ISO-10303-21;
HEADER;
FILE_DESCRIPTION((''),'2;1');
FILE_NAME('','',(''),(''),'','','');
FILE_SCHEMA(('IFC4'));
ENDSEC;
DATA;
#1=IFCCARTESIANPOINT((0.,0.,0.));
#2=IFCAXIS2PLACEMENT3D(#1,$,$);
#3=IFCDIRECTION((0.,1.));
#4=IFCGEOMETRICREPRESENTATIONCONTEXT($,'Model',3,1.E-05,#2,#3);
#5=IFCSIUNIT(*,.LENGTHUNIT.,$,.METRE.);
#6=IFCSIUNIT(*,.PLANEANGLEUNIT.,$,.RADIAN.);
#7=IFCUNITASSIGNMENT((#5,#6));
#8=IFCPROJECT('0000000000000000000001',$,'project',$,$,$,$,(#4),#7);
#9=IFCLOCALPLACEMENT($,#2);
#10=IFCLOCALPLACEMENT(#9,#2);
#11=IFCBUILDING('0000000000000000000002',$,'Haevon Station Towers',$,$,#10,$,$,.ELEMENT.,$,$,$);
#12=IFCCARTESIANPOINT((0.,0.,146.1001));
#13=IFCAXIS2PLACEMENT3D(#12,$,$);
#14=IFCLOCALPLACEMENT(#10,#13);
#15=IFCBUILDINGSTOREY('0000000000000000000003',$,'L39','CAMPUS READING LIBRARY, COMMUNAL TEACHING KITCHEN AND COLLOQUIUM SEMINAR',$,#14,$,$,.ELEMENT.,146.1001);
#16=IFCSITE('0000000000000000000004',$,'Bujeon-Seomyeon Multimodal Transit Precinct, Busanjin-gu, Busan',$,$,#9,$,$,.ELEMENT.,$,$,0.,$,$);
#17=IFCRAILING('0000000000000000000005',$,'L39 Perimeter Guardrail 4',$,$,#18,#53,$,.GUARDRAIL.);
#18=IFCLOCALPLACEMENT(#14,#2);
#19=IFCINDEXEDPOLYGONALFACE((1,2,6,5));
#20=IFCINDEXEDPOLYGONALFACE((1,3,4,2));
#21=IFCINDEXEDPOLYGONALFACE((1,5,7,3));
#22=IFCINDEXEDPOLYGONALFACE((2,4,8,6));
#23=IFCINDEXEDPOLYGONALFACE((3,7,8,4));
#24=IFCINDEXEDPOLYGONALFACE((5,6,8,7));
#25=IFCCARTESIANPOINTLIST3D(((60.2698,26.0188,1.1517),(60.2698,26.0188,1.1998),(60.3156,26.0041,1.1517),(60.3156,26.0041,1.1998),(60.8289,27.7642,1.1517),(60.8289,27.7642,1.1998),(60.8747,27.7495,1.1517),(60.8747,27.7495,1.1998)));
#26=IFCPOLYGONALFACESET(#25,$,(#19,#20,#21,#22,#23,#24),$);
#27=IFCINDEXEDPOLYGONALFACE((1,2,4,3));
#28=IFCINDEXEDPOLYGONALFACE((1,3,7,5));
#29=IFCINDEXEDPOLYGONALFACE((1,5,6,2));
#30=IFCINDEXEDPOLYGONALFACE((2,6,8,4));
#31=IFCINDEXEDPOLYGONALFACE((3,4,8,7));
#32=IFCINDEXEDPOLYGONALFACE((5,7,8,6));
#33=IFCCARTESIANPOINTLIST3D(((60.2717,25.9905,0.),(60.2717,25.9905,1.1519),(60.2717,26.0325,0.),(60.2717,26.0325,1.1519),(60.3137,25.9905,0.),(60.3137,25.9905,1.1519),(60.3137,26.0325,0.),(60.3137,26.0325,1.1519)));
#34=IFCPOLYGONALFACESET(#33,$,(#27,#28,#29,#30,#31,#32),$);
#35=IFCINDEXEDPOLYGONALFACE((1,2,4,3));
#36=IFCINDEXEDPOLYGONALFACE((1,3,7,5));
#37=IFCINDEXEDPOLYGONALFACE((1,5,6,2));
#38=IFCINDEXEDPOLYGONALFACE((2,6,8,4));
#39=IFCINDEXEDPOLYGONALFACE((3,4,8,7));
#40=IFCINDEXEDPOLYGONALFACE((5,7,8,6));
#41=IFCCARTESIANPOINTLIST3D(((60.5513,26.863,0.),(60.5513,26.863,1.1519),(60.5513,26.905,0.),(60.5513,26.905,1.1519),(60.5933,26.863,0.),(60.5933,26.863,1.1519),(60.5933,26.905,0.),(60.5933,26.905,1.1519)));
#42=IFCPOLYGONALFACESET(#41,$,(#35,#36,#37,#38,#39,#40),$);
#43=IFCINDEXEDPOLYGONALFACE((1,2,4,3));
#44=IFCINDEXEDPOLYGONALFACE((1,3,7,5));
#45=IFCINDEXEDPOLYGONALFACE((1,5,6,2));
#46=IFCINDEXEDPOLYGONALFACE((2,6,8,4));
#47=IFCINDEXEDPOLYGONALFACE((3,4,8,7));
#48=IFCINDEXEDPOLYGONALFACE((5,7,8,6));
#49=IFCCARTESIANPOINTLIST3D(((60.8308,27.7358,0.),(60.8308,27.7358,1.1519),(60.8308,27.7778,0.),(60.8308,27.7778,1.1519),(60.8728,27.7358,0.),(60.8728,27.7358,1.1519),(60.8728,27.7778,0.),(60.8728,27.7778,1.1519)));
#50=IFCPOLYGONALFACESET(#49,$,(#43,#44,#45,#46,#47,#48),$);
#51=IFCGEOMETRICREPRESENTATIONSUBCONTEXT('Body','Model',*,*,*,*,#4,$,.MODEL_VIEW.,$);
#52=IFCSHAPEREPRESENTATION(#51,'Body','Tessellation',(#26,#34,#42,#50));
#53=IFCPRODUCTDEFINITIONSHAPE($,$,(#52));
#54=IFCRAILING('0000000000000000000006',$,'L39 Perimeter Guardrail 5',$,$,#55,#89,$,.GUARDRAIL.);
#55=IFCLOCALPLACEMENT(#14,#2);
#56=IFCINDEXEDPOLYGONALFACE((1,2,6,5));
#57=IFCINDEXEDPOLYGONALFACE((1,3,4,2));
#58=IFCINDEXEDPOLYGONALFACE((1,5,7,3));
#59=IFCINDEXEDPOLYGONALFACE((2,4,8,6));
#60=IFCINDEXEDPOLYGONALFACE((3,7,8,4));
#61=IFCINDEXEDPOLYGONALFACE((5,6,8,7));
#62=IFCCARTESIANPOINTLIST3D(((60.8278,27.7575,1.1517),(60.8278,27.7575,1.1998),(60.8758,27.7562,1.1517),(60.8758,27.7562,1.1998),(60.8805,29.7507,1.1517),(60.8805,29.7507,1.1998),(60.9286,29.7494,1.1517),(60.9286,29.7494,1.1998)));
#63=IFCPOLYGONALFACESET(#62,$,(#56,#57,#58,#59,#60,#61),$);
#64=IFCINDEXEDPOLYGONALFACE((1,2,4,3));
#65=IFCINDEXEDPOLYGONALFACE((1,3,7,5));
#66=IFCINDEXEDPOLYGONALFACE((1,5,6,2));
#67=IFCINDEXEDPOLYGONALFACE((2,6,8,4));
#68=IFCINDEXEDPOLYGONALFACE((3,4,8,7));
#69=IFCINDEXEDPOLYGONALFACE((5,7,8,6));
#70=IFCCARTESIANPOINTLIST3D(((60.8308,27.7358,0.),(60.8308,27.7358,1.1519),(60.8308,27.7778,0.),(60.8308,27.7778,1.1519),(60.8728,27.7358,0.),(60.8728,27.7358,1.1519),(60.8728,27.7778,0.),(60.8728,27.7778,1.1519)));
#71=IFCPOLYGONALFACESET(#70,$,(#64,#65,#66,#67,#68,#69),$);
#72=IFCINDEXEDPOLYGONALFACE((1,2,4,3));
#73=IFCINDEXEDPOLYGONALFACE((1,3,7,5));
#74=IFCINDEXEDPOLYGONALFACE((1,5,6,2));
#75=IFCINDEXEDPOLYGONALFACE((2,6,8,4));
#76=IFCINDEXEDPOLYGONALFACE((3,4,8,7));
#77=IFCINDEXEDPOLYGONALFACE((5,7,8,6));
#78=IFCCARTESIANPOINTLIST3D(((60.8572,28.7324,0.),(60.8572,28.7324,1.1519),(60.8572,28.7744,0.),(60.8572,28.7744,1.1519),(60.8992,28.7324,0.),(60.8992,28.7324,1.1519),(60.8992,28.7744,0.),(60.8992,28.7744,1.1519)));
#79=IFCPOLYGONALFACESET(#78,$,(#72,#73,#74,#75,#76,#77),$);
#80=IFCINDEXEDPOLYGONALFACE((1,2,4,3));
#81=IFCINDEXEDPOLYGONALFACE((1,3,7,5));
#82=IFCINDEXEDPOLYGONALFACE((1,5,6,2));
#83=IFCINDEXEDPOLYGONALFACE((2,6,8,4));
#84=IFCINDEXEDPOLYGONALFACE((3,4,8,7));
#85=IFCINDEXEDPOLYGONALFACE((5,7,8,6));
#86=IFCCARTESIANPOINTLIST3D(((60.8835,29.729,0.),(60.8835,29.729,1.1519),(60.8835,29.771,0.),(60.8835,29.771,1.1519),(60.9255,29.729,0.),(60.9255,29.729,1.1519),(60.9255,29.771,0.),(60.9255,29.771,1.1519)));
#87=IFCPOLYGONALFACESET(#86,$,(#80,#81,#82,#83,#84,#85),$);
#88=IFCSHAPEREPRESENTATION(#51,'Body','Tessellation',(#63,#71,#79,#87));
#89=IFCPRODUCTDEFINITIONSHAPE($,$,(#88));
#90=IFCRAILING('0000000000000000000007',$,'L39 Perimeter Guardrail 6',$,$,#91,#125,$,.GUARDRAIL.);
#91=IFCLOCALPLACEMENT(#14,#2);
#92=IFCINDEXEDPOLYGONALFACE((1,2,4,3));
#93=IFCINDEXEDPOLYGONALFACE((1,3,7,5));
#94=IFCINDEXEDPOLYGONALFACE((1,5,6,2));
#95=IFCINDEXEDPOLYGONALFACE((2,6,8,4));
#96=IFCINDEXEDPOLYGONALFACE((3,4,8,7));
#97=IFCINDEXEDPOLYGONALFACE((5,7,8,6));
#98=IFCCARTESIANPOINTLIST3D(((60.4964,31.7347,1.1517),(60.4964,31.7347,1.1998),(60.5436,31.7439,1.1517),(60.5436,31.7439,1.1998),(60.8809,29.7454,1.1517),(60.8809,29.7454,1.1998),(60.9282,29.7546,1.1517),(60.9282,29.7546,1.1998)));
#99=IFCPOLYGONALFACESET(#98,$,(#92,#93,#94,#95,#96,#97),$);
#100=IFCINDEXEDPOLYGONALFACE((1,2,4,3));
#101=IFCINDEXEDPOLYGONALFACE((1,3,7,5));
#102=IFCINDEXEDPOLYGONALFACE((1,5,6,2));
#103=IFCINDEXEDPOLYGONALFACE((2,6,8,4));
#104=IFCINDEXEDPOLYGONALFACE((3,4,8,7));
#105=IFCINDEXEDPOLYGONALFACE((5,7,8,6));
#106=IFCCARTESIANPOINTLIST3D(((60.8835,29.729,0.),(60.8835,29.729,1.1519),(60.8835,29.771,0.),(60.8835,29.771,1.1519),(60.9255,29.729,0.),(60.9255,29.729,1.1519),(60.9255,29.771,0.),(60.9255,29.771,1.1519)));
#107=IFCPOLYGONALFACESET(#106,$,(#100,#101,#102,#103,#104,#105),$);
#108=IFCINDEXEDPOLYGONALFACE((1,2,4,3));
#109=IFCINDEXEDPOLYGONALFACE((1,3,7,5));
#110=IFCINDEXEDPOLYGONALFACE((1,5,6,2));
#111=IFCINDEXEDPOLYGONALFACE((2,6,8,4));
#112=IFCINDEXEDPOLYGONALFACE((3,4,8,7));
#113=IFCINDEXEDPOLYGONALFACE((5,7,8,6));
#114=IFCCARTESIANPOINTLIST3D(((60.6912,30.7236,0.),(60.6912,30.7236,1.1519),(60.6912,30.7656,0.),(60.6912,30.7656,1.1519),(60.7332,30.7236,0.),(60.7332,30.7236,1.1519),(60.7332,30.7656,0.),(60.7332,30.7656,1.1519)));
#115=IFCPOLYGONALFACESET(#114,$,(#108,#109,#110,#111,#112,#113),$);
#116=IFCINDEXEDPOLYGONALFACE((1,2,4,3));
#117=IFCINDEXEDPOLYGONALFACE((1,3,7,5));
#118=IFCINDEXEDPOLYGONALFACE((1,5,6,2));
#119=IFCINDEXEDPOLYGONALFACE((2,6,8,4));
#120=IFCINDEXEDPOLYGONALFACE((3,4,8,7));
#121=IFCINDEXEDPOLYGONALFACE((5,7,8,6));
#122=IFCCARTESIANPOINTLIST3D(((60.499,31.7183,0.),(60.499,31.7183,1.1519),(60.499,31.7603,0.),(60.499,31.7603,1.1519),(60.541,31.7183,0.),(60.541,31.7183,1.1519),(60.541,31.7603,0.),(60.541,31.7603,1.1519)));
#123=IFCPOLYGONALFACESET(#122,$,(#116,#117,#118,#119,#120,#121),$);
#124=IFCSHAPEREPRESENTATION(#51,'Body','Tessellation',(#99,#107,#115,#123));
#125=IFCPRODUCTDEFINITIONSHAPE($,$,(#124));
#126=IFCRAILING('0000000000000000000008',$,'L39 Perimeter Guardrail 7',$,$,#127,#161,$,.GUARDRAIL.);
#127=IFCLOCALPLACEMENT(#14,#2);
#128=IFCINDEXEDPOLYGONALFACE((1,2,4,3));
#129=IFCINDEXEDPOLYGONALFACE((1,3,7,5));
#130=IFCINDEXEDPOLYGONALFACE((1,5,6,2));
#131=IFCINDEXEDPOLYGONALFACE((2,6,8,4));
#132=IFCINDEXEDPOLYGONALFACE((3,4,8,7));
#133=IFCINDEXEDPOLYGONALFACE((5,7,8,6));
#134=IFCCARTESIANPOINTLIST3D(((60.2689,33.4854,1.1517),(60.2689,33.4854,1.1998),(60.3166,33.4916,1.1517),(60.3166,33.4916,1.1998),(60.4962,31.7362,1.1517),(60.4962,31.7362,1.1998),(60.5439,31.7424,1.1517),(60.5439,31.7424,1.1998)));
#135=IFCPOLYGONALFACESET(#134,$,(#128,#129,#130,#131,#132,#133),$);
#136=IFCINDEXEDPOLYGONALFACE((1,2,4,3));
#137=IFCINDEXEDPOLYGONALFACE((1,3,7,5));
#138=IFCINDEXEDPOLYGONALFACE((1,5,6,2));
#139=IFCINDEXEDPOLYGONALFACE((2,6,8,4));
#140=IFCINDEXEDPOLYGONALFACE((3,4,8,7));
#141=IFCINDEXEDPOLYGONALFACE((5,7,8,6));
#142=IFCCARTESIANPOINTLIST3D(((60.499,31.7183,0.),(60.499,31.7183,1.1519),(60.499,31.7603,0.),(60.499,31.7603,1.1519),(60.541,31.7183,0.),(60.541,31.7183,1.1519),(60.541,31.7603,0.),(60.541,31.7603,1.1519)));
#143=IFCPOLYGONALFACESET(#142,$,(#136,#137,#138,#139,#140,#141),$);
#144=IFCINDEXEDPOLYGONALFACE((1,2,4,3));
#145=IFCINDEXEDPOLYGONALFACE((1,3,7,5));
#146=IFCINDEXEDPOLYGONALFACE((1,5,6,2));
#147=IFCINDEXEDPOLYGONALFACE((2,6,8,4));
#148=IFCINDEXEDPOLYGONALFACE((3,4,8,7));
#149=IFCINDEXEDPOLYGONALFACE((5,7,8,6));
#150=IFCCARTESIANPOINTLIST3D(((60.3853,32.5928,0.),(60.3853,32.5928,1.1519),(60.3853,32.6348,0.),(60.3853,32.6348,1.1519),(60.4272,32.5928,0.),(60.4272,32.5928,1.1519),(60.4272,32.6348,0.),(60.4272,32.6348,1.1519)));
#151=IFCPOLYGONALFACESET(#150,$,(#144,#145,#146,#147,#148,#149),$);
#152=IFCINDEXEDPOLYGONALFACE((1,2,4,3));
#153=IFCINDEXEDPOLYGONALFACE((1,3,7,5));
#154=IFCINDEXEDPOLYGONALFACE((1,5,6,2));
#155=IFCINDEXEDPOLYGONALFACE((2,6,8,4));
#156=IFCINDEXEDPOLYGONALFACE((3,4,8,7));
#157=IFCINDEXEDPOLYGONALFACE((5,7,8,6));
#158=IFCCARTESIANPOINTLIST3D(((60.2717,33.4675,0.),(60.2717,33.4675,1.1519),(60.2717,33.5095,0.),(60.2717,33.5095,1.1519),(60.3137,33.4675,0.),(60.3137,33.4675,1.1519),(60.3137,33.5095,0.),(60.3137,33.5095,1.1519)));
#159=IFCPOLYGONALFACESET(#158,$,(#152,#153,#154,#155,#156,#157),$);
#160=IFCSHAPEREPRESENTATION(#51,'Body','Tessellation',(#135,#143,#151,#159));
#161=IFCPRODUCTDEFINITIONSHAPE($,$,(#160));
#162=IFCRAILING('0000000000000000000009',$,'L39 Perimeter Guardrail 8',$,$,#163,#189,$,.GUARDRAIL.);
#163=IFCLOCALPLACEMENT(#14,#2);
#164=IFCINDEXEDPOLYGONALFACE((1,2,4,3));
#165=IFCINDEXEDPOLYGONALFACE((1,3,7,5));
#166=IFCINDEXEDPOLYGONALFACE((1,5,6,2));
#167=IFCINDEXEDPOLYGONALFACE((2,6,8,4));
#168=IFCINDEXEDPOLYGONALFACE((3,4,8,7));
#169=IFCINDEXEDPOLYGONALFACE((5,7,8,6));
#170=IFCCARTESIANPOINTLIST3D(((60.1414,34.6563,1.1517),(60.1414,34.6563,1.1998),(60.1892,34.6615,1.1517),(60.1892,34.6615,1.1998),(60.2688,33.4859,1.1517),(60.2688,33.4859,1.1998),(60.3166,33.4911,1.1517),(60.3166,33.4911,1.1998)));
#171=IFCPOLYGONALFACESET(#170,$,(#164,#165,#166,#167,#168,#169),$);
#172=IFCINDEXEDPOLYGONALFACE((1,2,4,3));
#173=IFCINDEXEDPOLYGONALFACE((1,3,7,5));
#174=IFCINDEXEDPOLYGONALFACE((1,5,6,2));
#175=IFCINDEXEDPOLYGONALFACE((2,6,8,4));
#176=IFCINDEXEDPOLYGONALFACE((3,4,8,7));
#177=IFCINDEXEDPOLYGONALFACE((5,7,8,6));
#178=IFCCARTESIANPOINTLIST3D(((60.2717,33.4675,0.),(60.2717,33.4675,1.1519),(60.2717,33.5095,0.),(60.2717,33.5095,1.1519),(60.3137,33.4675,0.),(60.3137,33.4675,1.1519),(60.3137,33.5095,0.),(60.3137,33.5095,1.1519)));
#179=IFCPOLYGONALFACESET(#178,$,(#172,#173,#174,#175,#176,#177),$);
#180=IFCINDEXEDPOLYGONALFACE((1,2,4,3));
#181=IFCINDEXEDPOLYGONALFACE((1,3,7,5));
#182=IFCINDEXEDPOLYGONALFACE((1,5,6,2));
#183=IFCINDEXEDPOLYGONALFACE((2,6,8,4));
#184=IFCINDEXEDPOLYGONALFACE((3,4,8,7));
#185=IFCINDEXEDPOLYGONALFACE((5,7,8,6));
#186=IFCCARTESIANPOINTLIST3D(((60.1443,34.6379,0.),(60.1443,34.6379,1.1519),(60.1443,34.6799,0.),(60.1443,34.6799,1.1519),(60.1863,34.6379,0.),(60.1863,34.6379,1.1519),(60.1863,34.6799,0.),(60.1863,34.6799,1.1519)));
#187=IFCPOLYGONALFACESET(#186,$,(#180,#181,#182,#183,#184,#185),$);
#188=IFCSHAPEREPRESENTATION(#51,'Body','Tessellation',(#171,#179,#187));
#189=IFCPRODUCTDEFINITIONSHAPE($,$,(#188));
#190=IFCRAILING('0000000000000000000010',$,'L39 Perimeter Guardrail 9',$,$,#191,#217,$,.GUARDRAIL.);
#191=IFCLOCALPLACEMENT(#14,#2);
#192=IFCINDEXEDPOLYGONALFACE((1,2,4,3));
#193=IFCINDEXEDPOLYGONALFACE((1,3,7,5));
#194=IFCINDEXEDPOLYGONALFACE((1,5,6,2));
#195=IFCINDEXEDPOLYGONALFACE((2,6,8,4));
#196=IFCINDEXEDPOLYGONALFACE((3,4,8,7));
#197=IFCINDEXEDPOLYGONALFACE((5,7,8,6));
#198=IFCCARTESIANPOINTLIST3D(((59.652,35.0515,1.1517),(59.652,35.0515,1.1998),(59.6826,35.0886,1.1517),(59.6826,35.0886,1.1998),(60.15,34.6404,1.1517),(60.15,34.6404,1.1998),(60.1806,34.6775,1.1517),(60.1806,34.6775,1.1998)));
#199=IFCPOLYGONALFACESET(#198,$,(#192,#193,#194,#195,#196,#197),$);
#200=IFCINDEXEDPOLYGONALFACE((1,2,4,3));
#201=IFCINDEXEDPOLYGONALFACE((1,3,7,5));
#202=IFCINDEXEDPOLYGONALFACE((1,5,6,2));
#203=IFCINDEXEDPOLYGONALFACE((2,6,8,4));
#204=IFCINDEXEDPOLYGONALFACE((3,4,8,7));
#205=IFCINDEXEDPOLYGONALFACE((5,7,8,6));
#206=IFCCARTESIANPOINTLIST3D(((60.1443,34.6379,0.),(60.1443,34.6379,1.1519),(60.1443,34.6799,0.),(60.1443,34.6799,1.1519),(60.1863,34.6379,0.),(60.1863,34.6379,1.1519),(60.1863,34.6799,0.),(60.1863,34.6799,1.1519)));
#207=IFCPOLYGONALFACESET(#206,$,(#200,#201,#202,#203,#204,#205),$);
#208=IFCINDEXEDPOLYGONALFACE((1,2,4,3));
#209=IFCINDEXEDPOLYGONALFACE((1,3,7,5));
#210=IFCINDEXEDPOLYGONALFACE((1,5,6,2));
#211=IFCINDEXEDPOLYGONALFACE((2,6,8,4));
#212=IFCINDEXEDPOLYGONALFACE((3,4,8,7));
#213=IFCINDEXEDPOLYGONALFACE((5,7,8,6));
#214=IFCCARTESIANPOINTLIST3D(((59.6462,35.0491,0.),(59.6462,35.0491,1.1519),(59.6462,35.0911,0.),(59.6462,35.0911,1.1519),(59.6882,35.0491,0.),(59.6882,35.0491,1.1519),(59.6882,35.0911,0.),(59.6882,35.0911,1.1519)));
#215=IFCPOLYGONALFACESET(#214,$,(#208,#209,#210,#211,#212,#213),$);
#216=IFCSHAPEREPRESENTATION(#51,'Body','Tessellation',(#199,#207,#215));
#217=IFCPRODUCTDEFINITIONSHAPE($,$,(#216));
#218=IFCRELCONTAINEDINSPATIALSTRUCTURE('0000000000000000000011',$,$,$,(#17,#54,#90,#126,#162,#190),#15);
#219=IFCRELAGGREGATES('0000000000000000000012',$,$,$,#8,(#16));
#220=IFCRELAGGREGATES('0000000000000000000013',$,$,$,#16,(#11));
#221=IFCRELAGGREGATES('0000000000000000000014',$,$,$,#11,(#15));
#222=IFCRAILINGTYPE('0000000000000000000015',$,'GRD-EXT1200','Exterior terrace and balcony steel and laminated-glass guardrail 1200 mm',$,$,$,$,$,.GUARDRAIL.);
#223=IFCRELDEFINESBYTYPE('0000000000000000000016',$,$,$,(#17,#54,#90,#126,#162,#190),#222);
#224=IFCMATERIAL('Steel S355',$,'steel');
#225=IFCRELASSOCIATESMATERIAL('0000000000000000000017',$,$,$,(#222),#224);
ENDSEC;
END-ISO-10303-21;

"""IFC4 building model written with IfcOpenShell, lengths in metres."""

from ifc_helpers import new_model, si_unit, direction, frame, origin, origin_2d, place, context, subcontext, project, spatial, rectangle, extrude, material, type_object, element, save


model = new_model("IFC4")

# Units and contexts
model_context = context("Model", 3, precision=1e-05, world=origin(), true_north=direction((0.0, 1.0)))
body_context = subcontext(model_context, "Body", "Model", "MODEL_VIEW")
ifc_project = project(units=[si_unit("LENGTHUNIT", "METRE"), si_unit("PLANEANGLEUNIT", "RADIAN")], contexts=[model_context])

# Site, building, storey
site_placement = place(None, origin())
site = spatial("IfcSite", under=ifc_project, at=site_placement, Name="Bujeon-Seomyeon Multimodal Transit Precinct, Busanjin-gu, Busan", CompositionType="ELEMENT", RefElevation=0.0)
building_placement = place(site_placement, origin())
building = spatial("IfcBuilding", under=site, at=building_placement, Name="Haevon Station Towers", CompositionType="ELEMENT")
storey_placement = place(building_placement, frame((0.0, 0.0, 146.1001)))
storey = spatial("IfcBuildingStorey", under=building, at=storey_placement, Name="L39", Description="CAMPUS READING LIBRARY, COMMUNAL TEACHING KITCHEN AND COLLOQUIUM SEMINAR", CompositionType="ELEMENT", Elevation=146.1001)

# Shared definitions
ifc_material_1 = material(Name="Steel S355", Category="steel")

# Railings
railing_type = type_object("IfcRailingType", Name="GRD-EXT1200", Description="Exterior terrace and balcony steel and laminated-glass guardrail 1200 mm", PredefinedType="GUARDRAIL", material=ifc_material_1)
railing_1_placement = place(storey_placement, frame((60.2927, 26.0115, 0.0)))
element("IfcRailing", 1, at=railing_1_placement, inside=storey, type_object=railing_type, Name="L39 Perimeter Guardrail 4", PredefinedType="GUARDRAIL", context=body_context, shape_type="SweptSolid", body=[
    extrude(rectangle(XDim=0.0481, YDim=0.0481, at=origin_2d()), frame((0.0, 0.0, 1.1758), z_axis=(0.305056, 0.952334, 0.0), x_axis=(-0.952334, 0.305056, 0.0)), (0.0, 0.0, 1.0), 1.8328),
    extrude(rectangle(XDim=0.042, YDim=0.042, at=origin_2d()), origin(), (0.0, 0.0, 1.0), 1.1519),
    extrude(rectangle(XDim=0.042, YDim=0.042, at=origin_2d()), frame((0.2795, 0.8726, 0.0)), (0.0, 0.0, 1.0), 1.1519),
    extrude(rectangle(XDim=0.042, YDim=0.042, at=origin_2d()), frame((0.5591, 1.7454, 0.0)), (0.0, 0.0, 1.0), 1.1519),
])
railing_2_placement = place(storey_placement, frame((60.8518, 27.7568, 0.0)))
element("IfcRailing", 2, at=railing_2_placement, inside=storey, type_object=railing_type, Name="L39 Perimeter Guardrail 5", PredefinedType="GUARDRAIL", context=body_context, shape_type="SweptSolid", body=[
    extrude(rectangle(XDim=0.0481, YDim=0.0481, at=origin_2d()), frame((0.0, 0.0, 1.1758), z_axis=(0.026448, 0.99965, 0.0), x_axis=(-0.99965, 0.026448, 0.0)), (0.0, 0.0, 1.0), 1.9939),
    extrude(rectangle(XDim=0.042, YDim=0.042, at=origin_2d()), origin(), (0.0, 0.0, 1.0), 1.1519),
    extrude(rectangle(XDim=0.042, YDim=0.042, at=origin_2d()), frame((0.0264, 0.9966, 0.0)), (0.0, 0.0, 1.0), 1.1519),
    extrude(rectangle(XDim=0.042, YDim=0.042, at=origin_2d()), frame((0.0527, 1.9932, 0.0)), (0.0, 0.0, 1.0), 1.1519),
])
railing_3_placement = place(storey_placement, frame((60.9045, 29.75, 0.0)))
element("IfcRailing", 3, at=railing_3_placement, inside=storey, type_object=railing_type, Name="L39 Perimeter Guardrail 6", PredefinedType="GUARDRAIL", context=body_context, shape_type="SweptSolid", body=[
    extrude(rectangle(XDim=0.0481, YDim=0.0481, at=origin_2d()), frame((0.0, 0.0, 1.1758), z_axis=(-0.189786, 0.981826, 0.0), x_axis=(-0.981826, -0.189786, 0.0)), (0.0, 0.0, 1.0), 2.0261),
    extrude(rectangle(XDim=0.042, YDim=0.042, at=origin_2d()), origin(), (0.0, 0.0, 1.0), 1.1519),
    extrude(rectangle(XDim=0.042, YDim=0.042, at=origin_2d()), frame((-0.1924, 0.9946, 0.0)), (0.0, 0.0, 1.0), 1.1519),
    extrude(rectangle(XDim=0.042, YDim=0.042, at=origin_2d()), frame((-0.3845, 1.9893, 0.0)), (0.0, 0.0, 1.0), 1.1519),
])
railing_4_placement = place(storey_placement, frame((60.52, 31.7393, 0.0)))
element("IfcRailing", 4, at=railing_4_placement, inside=storey, type_object=railing_type, Name="L39 Perimeter Guardrail 7", PredefinedType="GUARDRAIL", context=body_context, shape_type="SweptSolid", body=[
    extrude(rectangle(XDim=0.0481, YDim=0.0481, at=origin_2d()), frame((0.0, 0.0, 1.1758), z_axis=(-0.128854, 0.991664, 0.0), x_axis=(-0.991664, -0.128854, 0.0)), (0.0, 0.0, 1.0), 1.7639),
    extrude(rectangle(XDim=0.042, YDim=0.042, at=origin_2d()), origin(), (0.0, 0.0, 1.0), 1.1519),
    extrude(rectangle(XDim=0.042, YDim=0.042, at=origin_2d()), frame((-0.1138, 0.8745, 0.0)), (0.0, 0.0, 1.0), 1.1519),
    extrude(rectangle(XDim=0.042, YDim=0.042, at=origin_2d()), frame((-0.2273, 1.7493, 0.0)), (0.0, 0.0, 1.0), 1.1519),
])
railing_5_placement = place(storey_placement, frame((60.2927, 33.4885, 0.0)))
element("IfcRailing", 5, at=railing_5_placement, inside=storey, type_object=railing_type, Name="L39 Perimeter Guardrail 8", PredefinedType="GUARDRAIL", context=body_context, shape_type="SweptSolid", body=[
    extrude(rectangle(XDim=0.0481, YDim=0.0481, at=origin_2d()), frame((0.0, 0.0, 1.1758), z_axis=(-0.108246, 0.994124, 0.0), x_axis=(-0.994124, -0.108246, 0.0)), (0.0, 0.0, 1.0), 1.1772),
    extrude(rectangle(XDim=0.042, YDim=0.042, at=origin_2d()), origin(), (0.0, 0.0, 1.0), 1.1519),
    extrude(rectangle(XDim=0.042, YDim=0.042, at=origin_2d()), frame((-0.1274, 1.1704, 0.0)), (0.0, 0.0, 1.0), 1.1519),
])
railing_6_placement = place(storey_placement, frame((60.1653, 34.6589, 0.0)))
element("IfcRailing", 6, at=railing_6_placement, inside=storey, type_object=railing_type, Name="L39 Perimeter Guardrail 9", PredefinedType="GUARDRAIL", context=body_context, shape_type="SweptSolid", body=[
    extrude(rectangle(XDim=0.0481, YDim=0.0481, at=origin_2d()), frame((0.0, 0.0, 1.1758), z_axis=(-0.771188, 0.636608, 0.0), x_axis=(-0.636608, -0.771188, 0.0)), (0.0, 0.0, 1.0), 0.6458),
    extrude(rectangle(XDim=0.042, YDim=0.042, at=origin_2d()), origin(), (0.0, 0.0, 1.0), 1.1519),
    extrude(rectangle(XDim=0.042, YDim=0.042, at=origin_2d()), frame((-0.498, 0.4111, 0.0)), (0.0, 0.0, 1.0), 1.1519),
])

save(model, "model.ifc")
